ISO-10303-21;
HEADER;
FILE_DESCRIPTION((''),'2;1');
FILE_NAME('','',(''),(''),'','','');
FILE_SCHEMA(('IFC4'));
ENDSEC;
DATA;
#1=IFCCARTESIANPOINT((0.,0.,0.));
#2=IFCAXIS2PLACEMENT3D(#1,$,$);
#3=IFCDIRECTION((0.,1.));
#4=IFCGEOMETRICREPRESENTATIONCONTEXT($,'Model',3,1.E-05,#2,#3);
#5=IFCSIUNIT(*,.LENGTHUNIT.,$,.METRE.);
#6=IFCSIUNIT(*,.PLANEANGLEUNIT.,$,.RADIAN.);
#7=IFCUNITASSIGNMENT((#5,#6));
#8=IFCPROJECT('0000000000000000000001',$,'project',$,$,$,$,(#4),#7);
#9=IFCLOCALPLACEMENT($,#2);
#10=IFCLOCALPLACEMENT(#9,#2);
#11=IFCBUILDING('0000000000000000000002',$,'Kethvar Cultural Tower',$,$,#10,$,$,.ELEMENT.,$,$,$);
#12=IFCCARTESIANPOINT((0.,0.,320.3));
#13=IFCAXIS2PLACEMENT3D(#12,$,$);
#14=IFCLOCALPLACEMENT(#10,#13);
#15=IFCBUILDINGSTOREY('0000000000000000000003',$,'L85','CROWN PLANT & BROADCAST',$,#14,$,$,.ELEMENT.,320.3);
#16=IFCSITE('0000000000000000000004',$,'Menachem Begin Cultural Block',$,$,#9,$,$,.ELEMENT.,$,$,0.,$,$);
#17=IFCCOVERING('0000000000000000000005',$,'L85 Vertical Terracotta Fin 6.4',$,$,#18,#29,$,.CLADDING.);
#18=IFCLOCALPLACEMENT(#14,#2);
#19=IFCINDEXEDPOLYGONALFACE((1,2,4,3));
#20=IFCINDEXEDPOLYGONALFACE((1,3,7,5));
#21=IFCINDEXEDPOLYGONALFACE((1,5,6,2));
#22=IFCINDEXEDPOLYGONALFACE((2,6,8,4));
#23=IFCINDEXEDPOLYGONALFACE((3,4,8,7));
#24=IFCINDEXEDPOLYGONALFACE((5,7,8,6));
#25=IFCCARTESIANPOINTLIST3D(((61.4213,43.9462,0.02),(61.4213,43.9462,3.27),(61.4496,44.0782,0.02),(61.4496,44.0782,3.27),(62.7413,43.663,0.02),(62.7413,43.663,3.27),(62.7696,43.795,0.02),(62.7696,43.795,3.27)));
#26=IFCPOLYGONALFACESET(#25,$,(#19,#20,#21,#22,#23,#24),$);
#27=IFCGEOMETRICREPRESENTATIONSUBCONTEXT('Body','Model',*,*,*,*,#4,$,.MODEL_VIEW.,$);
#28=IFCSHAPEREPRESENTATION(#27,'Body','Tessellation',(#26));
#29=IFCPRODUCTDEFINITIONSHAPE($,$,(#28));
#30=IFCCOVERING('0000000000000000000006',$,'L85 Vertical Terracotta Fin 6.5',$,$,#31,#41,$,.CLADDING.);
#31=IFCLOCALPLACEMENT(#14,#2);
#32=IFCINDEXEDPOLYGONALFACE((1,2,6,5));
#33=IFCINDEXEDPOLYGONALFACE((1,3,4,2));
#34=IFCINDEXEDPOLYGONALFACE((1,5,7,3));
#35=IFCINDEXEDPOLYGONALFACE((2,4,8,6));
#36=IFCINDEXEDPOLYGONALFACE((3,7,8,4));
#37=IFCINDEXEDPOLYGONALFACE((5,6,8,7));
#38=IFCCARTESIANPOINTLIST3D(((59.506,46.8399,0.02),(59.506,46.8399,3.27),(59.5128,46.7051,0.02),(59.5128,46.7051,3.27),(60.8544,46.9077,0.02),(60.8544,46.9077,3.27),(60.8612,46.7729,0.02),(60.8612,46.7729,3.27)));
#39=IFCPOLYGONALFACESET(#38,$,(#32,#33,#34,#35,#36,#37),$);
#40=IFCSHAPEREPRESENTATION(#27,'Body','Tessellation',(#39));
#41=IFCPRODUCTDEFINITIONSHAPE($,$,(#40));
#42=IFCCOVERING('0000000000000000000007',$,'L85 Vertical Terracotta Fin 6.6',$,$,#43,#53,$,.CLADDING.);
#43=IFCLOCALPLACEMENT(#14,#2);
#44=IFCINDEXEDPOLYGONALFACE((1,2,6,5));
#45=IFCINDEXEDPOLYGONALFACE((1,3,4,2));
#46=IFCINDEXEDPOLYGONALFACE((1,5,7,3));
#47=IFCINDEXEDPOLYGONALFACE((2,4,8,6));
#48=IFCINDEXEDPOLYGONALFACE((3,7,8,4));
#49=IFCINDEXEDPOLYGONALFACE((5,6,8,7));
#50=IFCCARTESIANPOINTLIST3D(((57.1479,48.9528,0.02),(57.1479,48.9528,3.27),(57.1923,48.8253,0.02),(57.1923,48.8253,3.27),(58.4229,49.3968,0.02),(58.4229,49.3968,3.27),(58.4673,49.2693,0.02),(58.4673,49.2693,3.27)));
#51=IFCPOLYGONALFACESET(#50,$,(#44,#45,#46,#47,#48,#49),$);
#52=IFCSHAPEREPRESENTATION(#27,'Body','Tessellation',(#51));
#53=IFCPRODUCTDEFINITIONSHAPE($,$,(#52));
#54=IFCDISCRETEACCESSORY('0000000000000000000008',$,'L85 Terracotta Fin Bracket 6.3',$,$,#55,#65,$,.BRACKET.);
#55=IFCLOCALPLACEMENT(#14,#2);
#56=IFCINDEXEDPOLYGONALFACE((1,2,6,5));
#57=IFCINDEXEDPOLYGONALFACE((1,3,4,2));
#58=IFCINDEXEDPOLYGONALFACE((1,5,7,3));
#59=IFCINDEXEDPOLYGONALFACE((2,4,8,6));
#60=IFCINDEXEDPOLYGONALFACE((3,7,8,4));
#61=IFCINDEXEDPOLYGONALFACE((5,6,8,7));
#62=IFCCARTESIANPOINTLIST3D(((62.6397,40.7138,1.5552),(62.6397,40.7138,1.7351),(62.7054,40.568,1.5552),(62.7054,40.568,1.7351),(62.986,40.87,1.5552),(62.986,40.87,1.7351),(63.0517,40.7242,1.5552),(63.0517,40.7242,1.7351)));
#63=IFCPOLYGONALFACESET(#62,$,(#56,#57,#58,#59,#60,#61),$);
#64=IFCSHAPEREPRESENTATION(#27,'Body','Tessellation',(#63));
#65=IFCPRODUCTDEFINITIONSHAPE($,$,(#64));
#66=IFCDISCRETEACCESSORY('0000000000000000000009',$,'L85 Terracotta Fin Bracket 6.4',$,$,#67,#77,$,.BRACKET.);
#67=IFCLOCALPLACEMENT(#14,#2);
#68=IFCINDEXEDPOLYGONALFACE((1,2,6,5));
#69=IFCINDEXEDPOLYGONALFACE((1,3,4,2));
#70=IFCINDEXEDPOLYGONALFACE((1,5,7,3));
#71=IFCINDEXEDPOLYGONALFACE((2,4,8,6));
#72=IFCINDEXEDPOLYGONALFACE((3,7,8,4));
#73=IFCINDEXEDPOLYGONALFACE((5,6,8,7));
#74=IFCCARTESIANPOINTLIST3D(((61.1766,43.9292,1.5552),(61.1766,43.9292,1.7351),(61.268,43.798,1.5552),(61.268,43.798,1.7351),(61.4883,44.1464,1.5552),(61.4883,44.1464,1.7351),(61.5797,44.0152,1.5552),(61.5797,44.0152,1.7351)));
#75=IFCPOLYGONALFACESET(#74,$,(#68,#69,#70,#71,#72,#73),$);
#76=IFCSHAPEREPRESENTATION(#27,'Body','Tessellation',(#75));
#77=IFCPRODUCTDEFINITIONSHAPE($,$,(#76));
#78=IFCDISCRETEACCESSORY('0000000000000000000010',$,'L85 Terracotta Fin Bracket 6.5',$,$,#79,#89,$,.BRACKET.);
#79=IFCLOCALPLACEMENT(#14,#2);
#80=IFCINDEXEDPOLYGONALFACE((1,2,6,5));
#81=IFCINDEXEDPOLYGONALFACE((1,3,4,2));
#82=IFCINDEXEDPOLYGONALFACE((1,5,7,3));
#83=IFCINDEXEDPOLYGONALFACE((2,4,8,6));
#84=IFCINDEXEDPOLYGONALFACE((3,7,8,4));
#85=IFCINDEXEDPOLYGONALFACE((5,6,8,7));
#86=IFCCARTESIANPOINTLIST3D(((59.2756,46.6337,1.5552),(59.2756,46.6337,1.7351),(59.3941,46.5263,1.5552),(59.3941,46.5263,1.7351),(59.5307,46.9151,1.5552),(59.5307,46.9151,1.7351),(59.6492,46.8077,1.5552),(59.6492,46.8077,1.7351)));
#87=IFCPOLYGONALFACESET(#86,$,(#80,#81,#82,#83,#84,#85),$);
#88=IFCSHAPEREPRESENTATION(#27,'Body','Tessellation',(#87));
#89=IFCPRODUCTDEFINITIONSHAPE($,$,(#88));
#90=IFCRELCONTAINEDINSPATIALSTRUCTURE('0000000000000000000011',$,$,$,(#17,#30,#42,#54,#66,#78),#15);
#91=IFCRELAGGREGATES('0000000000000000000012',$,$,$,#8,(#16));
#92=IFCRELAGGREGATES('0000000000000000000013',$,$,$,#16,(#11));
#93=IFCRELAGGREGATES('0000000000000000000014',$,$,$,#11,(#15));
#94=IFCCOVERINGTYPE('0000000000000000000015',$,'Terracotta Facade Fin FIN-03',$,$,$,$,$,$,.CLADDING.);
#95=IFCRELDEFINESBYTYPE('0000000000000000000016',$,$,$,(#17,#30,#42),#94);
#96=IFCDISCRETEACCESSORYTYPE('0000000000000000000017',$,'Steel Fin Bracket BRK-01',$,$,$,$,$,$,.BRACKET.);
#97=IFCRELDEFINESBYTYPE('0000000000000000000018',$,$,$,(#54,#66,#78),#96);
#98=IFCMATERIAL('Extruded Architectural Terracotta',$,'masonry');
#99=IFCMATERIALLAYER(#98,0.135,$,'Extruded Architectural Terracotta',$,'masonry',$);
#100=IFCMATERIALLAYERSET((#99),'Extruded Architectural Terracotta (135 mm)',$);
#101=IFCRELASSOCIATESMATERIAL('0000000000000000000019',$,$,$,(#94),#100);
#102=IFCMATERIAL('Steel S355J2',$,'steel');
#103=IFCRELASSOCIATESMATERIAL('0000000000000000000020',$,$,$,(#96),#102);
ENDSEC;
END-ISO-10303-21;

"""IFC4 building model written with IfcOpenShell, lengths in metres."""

from ifc_helpers import new_model, si_unit, direction, frame, origin, origin_2d, place, context, subcontext, project, spatial, rectangle, extrude, source, transform, mapped, material, layer, layer_set, type_object, element, save


model = new_model("IFC4")

# Units and contexts
model_context = context("Model", 3, precision=1e-05, world=origin(), true_north=direction((0.0, 1.0)))
body_context = subcontext(model_context, "Body", "Model", "MODEL_VIEW")
ifc_project = project(units=[si_unit("LENGTHUNIT", "METRE"), si_unit("PLANEANGLEUNIT", "RADIAN")], contexts=[model_context])

# Site, building, storey
site_placement = place(None, origin())
site = spatial("IfcSite", under=ifc_project, at=site_placement, Name="Menachem Begin Cultural Block", CompositionType="ELEMENT", RefElevation=0.0)
building_placement = place(site_placement, origin())
building = spatial("IfcBuilding", under=site, at=building_placement, Name="Kethvar Cultural Tower", CompositionType="ELEMENT")
storey_placement = place(building_placement, frame((0.0, 0.0, 320.3)))
storey = spatial("IfcBuildingStorey", under=building, at=storey_placement, Name="L85", Description="CROWN PLANT & BROADCAST", CompositionType="ELEMENT", Elevation=320.3)

# Shared definitions
ifc_material_1 = material(Name="Steel S355J2", Category="steel")

# Coverings
ifc_material_2 = material(Name="Extruded Architectural Terracotta", Category="masonry")
ifc_layer_1 = layer(ifc_material_2, 0.135, Name="Extruded Architectural Terracotta", Category="masonry")
ifc_layer_set_1 = layer_set([ifc_layer_1], Name="Extruded Architectural Terracotta (135 mm)")
covering_type = type_object("IfcCoveringType", Name="Terracotta Facade Fin FIN-03", PredefinedType="CLADDING", material=ifc_layer_set_1)
shared_shape_1 = source(origin(), body_context, "Body", "SweptSolid", [
    extrude(rectangle(XDim=1.3501, YDim=0.135, at=origin_2d()), origin(), (0.0, 0.0, 1.0), 3.25),
])
for number, where, z_axis, x_axis, name in (
    (1, (62.0955, 43.8706, 0.02), (0.0, 0.0, 1.0), (0.977747, -0.209789, 0.0), "L85 Vertical Terracotta Fin 6.4"),
    (2, (60.1836, 46.8064, 0.02), (0.0, 0.0, 1.0), (0.998737, 0.050244, 0.0), "L85 Vertical Terracotta Fin 6.5"),
    (3, (57.8076, 49.1111, 0.02), (0.0, 0.0, 1.0), (0.944376, 0.328867, 0.0), "L85 Vertical Terracotta Fin 6.6"),
):
    element("IfcCovering", number, at=place(storey_placement, frame(where, z_axis=z_axis, x_axis=x_axis)), inside=storey, type_object=covering_type, Name=name, PredefinedType="CLADDING", context=body_context, shape_type="MappedRepresentation", body=[
        mapped(shared_shape_1, transform((0.0, 0.0, 0.0), scale=1.0)),
    ])

# Discrete accessories
discrete_accessory_type = type_object("IfcDiscreteAccessoryType", Name="Steel Fin Bracket BRK-01", PredefinedType="BRACKET", material=ifc_material_1)
shared_shape_2 = source(origin(), body_context, "Body", "SweptSolid", [
    extrude(rectangle(XDim=0.3799, YDim=0.1599, at=origin_2d()), origin(), (0.0, 0.0, 1.0), 0.1799),
])
for number, where, z_axis, x_axis, name in (
    (4, (62.8457, 40.719, 1.5552), (0.0, 0.0, 1.0), (0.911547, 0.411196, 0.0), "L85 Terracotta Fin Bracket 6.3"),
    (5, (61.3782, 43.9722, 1.5552), (0.0, 0.0, 1.0), (0.820451, 0.571716, 0.0), "L85 Terracotta Fin Bracket 6.4"),
    (6, (59.4624, 46.7207, 1.5552), (0.0, 0.0, 1.0), (0.671591, 0.740922, 0.0), "L85 Terracotta Fin Bracket 6.5"),
):
    element("IfcDiscreteAccessory", number, at=place(storey_placement, frame(where, z_axis=z_axis, x_axis=x_axis)), inside=storey, type_object=discrete_accessory_type, Name=name, PredefinedType="BRACKET", context=body_context, shape_type="MappedRepresentation", body=[
        mapped(shared_shape_2, transform((0.0, 0.0, 0.0), scale=1.0)),
    ])

save(model, "model.ifc")
